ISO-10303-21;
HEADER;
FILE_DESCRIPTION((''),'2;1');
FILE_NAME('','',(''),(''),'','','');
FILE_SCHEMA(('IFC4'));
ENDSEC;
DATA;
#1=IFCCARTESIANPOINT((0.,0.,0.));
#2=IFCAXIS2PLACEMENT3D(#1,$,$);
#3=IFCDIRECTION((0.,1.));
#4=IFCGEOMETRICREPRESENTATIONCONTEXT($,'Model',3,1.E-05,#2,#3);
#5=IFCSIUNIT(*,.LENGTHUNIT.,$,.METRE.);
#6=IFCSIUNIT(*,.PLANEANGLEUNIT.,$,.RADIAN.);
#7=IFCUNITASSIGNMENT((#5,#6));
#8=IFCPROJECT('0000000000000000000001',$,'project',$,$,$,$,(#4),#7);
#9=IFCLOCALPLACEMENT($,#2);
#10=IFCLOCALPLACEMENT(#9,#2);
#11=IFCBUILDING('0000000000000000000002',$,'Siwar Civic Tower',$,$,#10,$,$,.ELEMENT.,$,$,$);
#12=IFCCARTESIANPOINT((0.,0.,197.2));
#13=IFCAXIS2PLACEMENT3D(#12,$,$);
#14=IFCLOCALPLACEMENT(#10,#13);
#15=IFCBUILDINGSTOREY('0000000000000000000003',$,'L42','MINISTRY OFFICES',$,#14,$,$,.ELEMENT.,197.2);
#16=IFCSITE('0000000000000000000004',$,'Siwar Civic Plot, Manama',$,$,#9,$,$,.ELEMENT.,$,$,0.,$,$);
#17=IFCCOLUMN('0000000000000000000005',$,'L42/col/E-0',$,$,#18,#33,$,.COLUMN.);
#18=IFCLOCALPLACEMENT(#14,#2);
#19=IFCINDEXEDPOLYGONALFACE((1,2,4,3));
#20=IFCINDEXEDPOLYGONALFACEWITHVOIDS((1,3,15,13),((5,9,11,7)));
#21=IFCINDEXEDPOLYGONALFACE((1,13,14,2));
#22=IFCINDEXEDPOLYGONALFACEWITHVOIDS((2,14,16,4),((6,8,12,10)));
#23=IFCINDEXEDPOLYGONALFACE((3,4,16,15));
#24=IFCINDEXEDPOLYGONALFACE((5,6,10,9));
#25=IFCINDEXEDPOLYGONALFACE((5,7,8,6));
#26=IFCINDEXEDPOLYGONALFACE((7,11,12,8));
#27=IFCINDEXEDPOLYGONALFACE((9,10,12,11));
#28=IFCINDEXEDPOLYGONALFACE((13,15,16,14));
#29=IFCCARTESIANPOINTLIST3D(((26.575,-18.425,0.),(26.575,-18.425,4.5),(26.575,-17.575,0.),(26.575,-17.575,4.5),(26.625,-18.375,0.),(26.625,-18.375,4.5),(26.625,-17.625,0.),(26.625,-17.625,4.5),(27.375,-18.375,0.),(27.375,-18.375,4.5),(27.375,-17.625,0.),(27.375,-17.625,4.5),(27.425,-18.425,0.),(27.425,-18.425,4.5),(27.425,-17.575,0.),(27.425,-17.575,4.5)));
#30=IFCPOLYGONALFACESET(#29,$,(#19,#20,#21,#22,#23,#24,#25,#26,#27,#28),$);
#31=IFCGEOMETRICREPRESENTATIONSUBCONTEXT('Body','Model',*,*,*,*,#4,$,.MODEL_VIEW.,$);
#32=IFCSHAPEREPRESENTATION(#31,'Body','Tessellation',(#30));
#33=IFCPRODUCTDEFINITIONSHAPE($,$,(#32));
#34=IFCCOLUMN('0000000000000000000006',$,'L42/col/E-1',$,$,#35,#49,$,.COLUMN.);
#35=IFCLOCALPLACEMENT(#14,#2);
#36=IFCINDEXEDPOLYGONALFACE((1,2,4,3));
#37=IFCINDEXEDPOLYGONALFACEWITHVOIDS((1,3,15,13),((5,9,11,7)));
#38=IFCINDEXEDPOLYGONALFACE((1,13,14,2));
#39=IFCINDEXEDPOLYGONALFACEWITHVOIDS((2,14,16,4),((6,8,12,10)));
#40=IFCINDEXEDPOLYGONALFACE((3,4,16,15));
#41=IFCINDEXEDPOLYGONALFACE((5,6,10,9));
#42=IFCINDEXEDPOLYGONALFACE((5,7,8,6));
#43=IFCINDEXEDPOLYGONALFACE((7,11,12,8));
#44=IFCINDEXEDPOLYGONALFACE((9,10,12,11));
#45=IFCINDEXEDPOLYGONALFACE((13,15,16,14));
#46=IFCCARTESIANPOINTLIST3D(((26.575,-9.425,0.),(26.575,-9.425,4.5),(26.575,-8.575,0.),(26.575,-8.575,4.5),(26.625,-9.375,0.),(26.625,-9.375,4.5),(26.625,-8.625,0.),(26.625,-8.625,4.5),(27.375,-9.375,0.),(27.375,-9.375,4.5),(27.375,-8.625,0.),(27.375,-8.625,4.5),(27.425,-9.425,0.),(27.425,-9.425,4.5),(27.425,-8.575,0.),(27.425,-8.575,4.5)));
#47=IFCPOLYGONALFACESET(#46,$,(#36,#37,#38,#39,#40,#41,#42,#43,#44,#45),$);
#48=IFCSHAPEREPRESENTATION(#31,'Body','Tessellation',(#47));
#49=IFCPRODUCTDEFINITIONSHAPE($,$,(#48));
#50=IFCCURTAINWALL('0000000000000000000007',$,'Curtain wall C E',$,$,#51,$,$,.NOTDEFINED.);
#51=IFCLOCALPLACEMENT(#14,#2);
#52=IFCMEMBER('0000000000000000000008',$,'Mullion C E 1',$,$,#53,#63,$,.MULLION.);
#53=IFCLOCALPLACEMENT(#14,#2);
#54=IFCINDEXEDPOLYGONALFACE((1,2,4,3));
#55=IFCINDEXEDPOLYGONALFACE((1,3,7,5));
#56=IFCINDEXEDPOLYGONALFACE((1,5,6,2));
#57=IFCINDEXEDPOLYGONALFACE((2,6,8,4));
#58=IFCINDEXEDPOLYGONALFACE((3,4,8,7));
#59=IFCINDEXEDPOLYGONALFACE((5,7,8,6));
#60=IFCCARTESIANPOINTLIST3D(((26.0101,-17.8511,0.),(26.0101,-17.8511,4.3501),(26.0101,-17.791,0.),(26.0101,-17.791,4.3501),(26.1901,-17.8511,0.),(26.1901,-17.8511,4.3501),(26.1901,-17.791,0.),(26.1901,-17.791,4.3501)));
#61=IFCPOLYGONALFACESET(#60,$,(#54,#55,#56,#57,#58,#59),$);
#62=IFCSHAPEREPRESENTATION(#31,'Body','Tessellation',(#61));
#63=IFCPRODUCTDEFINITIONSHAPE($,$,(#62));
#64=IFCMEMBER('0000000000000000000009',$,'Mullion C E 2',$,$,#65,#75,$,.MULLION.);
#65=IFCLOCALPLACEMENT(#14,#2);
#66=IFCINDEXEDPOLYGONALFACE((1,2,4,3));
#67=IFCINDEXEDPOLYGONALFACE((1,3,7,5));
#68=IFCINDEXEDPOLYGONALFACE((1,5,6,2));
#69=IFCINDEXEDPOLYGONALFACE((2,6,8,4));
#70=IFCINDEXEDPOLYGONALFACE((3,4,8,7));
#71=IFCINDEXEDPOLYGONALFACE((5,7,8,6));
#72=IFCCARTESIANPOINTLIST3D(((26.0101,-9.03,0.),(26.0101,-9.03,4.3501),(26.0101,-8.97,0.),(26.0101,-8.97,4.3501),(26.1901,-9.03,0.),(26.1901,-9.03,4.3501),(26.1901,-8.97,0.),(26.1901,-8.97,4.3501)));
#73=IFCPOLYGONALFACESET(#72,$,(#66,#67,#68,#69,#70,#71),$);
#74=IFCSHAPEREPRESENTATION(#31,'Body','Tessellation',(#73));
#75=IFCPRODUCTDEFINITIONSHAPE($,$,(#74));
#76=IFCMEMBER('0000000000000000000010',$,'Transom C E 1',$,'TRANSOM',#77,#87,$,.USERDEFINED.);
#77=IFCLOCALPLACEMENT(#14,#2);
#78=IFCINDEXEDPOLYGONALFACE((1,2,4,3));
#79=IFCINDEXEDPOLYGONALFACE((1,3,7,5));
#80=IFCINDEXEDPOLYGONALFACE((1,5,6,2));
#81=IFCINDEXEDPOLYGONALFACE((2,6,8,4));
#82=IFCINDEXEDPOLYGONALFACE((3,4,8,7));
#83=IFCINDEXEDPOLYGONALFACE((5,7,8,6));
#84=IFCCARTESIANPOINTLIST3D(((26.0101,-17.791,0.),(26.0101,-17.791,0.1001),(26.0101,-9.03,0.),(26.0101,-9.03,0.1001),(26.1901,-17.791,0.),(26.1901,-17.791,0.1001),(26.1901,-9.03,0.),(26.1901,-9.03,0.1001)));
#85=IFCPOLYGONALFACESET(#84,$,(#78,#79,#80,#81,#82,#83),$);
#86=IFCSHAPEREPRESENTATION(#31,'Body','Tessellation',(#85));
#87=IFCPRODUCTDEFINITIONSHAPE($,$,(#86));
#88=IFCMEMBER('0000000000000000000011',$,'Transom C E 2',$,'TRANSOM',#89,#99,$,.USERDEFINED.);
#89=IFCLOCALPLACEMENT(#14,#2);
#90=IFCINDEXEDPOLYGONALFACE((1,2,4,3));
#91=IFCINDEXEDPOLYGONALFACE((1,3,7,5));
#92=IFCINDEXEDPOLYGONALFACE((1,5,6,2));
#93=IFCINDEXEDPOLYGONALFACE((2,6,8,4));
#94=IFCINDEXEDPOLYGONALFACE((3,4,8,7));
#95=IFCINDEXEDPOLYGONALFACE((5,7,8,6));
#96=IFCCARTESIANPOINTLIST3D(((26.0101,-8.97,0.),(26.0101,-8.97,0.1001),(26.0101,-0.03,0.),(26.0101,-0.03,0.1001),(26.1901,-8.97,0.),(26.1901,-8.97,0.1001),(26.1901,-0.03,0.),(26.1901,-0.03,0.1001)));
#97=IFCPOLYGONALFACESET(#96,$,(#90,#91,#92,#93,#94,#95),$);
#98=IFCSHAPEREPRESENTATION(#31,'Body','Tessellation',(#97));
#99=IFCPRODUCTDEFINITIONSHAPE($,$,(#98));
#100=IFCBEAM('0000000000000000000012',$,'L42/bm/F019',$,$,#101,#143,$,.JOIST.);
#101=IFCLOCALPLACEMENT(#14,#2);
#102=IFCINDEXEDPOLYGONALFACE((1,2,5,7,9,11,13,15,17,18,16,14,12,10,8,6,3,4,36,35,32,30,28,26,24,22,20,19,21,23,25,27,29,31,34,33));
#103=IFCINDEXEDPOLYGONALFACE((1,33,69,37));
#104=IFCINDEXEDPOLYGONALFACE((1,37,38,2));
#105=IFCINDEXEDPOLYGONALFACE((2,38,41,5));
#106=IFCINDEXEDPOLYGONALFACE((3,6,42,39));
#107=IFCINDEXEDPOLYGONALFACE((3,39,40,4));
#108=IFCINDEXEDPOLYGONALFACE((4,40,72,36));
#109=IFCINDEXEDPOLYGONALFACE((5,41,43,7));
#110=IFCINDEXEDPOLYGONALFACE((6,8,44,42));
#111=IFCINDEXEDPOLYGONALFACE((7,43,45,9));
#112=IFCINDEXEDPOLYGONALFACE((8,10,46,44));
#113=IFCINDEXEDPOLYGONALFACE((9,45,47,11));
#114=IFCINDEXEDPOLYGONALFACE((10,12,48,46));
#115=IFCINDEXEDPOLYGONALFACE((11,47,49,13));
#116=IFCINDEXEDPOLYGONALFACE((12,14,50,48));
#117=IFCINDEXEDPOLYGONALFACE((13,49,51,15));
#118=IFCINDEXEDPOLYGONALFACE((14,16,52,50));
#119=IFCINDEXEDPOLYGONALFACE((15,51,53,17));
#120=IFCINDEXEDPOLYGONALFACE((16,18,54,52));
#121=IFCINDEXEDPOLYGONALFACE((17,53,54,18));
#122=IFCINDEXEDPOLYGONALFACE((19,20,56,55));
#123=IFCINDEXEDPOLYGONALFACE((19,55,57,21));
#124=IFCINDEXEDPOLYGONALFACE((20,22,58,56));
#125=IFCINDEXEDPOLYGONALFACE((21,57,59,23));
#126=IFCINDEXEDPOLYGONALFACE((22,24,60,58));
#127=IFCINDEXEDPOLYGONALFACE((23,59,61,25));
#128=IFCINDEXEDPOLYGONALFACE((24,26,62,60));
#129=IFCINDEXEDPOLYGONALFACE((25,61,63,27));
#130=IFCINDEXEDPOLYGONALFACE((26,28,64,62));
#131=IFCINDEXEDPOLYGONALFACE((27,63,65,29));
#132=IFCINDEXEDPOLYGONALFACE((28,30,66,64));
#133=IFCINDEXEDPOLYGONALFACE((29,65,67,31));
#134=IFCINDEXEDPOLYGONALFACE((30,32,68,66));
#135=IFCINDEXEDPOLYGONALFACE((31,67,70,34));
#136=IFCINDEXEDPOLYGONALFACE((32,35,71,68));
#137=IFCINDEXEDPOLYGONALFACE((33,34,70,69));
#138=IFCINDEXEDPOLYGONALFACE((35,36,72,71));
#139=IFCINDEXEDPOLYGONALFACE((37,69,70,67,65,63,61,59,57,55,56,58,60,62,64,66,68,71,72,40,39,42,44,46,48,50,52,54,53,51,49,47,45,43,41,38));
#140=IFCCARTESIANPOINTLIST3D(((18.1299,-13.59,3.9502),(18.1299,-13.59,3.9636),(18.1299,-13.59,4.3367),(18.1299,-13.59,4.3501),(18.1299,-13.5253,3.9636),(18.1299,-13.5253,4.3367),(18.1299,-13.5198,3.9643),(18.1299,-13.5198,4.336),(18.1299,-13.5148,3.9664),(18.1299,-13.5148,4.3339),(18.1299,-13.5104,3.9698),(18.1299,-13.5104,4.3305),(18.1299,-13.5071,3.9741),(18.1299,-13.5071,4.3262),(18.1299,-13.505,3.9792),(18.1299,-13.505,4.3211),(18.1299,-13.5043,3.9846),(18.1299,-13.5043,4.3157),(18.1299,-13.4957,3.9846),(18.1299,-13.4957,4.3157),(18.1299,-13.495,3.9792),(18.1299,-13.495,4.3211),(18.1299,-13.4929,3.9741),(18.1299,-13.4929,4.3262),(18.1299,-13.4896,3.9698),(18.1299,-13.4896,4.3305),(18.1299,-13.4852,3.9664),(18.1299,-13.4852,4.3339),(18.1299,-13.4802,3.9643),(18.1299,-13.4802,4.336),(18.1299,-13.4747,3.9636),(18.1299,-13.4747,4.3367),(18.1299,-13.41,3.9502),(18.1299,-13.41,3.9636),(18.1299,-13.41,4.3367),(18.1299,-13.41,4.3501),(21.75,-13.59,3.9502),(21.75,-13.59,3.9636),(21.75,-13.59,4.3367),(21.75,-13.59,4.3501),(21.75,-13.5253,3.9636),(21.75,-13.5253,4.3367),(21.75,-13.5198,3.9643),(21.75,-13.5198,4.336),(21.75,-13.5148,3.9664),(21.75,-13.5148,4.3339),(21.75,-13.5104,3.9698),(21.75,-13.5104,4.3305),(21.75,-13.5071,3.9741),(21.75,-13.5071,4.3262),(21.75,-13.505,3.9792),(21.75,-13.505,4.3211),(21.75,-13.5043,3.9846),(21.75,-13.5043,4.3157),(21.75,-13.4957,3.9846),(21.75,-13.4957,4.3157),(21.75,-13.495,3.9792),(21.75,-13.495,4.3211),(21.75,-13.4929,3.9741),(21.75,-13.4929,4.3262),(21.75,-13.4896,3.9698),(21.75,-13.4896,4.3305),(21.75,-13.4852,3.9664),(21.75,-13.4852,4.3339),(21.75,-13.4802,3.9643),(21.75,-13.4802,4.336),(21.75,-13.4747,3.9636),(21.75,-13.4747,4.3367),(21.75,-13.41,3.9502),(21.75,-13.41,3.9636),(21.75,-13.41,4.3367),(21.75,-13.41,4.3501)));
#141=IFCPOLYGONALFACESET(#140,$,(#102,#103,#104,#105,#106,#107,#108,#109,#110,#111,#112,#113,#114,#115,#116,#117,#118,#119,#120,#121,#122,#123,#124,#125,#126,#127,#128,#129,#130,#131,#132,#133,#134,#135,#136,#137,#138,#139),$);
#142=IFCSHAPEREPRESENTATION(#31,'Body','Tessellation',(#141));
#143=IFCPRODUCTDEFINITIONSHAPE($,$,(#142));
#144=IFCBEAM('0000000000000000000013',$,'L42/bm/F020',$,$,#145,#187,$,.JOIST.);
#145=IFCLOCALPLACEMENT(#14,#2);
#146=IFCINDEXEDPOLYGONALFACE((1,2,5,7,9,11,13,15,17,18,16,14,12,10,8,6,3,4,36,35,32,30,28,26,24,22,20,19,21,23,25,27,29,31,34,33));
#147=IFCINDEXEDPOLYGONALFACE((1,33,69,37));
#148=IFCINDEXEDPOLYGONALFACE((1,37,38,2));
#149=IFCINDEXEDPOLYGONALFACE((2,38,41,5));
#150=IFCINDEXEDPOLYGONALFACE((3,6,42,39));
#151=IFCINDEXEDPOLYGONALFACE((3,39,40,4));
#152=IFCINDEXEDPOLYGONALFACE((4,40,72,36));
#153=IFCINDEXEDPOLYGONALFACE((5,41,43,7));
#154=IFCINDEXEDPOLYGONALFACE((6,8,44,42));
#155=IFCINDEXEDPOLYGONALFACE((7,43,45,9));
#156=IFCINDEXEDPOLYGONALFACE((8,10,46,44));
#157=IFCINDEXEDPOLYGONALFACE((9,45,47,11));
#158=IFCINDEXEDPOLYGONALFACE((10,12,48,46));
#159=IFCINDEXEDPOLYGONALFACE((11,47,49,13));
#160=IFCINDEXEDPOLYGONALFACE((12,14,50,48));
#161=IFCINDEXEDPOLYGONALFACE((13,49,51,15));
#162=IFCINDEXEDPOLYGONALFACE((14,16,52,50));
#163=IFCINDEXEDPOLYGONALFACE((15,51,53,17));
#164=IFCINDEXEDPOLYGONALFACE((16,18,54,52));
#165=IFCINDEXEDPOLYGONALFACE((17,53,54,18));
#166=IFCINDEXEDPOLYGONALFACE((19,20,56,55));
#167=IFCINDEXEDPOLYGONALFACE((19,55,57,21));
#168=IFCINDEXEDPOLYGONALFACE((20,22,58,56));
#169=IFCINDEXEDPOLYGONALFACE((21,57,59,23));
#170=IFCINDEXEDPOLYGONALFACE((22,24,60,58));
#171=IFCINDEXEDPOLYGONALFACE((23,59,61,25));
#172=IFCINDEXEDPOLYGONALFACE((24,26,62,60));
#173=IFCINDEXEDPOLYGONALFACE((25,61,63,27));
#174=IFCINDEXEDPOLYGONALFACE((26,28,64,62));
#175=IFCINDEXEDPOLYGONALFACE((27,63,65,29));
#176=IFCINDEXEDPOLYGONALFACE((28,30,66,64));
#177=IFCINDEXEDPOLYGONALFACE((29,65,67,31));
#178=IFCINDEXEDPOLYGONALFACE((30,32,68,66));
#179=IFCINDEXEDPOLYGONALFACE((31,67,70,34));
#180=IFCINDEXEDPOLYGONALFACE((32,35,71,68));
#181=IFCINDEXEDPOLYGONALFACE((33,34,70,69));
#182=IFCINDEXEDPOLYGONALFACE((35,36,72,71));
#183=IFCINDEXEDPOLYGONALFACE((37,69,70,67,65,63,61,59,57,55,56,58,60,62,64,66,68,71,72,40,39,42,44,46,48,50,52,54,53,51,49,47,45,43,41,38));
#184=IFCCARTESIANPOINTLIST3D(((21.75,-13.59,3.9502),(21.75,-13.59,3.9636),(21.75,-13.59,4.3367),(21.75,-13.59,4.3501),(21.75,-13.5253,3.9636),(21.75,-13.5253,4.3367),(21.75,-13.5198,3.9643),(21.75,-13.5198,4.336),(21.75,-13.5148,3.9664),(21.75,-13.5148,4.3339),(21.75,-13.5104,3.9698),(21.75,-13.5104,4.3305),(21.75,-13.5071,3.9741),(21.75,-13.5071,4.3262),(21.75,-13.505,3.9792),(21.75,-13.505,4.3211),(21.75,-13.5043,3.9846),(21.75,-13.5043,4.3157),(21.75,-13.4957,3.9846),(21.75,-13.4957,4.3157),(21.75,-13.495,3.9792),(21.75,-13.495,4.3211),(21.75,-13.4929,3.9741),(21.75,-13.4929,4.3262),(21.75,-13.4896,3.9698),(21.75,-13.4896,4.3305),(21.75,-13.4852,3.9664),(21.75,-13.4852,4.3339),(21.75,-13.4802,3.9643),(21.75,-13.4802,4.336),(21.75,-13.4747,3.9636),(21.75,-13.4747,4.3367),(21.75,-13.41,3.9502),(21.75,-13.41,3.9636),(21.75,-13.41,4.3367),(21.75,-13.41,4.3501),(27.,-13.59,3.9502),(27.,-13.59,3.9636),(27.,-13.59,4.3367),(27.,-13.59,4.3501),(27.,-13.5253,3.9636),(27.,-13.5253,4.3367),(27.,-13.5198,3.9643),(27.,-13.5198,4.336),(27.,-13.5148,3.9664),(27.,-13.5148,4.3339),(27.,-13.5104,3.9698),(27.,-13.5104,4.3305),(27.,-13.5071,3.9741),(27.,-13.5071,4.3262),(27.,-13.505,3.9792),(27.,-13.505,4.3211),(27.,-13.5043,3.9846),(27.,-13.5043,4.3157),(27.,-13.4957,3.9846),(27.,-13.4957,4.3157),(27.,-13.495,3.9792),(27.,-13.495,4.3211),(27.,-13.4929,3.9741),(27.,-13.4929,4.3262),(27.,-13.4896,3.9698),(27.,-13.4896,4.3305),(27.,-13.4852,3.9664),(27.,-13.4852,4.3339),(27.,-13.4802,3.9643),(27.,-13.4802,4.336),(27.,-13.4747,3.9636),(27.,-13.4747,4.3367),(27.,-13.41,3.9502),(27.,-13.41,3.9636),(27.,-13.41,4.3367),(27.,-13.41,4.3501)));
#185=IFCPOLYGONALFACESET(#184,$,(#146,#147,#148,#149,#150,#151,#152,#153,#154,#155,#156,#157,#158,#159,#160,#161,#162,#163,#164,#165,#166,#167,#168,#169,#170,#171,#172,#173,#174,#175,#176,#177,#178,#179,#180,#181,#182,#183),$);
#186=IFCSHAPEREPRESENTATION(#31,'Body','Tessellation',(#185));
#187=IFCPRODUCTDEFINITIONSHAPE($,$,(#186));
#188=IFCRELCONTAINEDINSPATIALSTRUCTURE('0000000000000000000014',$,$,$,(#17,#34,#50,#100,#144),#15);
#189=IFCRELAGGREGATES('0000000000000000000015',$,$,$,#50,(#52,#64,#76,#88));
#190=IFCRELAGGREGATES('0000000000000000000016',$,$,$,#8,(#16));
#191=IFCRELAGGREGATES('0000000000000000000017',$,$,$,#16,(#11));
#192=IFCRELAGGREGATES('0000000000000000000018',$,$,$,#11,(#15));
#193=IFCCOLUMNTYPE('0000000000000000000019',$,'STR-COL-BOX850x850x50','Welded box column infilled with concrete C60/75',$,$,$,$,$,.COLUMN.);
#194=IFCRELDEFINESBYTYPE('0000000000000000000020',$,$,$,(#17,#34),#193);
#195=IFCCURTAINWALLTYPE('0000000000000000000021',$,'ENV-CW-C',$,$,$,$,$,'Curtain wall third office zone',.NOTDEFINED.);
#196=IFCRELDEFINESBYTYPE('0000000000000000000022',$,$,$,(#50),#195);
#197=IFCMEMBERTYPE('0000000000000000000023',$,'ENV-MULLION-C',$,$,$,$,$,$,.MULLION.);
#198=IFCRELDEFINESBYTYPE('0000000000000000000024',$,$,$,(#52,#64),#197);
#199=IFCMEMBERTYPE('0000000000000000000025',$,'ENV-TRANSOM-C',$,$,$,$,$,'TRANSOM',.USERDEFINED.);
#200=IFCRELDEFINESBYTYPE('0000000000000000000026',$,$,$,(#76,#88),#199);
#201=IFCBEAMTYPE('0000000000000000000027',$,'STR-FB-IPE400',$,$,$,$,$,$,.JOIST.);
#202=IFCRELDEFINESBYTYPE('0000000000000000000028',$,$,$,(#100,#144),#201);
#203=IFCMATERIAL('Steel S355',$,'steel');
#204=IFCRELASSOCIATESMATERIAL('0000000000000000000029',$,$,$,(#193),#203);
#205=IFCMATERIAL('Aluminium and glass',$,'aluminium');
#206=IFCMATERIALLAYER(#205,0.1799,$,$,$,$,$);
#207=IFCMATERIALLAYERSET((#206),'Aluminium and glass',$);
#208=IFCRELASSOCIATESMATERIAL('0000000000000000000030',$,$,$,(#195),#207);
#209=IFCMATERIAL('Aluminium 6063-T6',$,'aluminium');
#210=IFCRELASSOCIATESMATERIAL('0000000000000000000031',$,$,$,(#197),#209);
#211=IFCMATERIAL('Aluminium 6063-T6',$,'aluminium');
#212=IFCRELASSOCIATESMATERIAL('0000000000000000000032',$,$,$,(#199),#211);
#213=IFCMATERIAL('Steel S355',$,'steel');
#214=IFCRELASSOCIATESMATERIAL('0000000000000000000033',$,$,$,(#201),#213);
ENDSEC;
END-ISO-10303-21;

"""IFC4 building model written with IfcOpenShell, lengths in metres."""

from ifc_helpers import new_model, si_unit, direction, frame, origin, origin_2d, place, context, subcontext, project, spatial, rectangle, hollow_rectangle, i_section, extrude, material, layer, layer_set, material_profile, profile_set, type_object, element, aggregate, save


model = new_model("IFC4")

# Units and contexts
model_context = context("Model", 3, precision=1e-05, world=origin(), true_north=direction((0.0, 1.0)))
body_context = subcontext(model_context, "Body", "Model", "MODEL_VIEW")
ifc_project = project(units=[si_unit("LENGTHUNIT", "METRE"), si_unit("PLANEANGLEUNIT", "RADIAN")], contexts=[model_context])

# Site, building, storey
site_placement = place(None, origin())
site = spatial("IfcSite", under=ifc_project, at=site_placement, Name="Siwar Civic Plot, Manama", CompositionType="ELEMENT", RefElevation=0.0)
building_placement = place(site_placement, origin())
building = spatial("IfcBuilding", under=site, at=building_placement, Name="Siwar Civic Tower", CompositionType="ELEMENT")
storey_placement = place(building_placement, frame((0.0, 0.0, 197.2)))
storey = spatial("IfcBuildingStorey", under=building, at=storey_placement, Name="L42", Description="MINISTRY OFFICES", CompositionType="ELEMENT", Elevation=197.2)

# Columns
ifc_material_1 = material(Name="Steel S355", Category="steel")
ifc_material_profile_1 = material_profile(ifc_material_1, hollow_rectangle(XDim=0.8501, YDim=0.8501, WallThickness=0.05, at=origin_2d()), Name="BOX850x850x50")
ifc_profile_set_1 = profile_set([ifc_material_profile_1], Name="Steel S355")
column_type = type_object("IfcColumnType", Name="STR-COL-BOX850x850x50", Description="Welded box column infilled with concrete C60/75", PredefinedType="COLUMN", material=ifc_profile_set_1)
for number, where, z_axis, x_axis, name in (
    (1, (27.0, -18.0, 0.0), (0.0, 0.0, 1.0), (1.0, 0.0, 0.0), "L42/col/E-0"),
    (2, (27.0, -9.0, 0.0), (0.0, 0.0, 1.0), (1.0, 0.0, 0.0), "L42/col/E-1"),
):
    element("IfcColumn", number, at=place(storey_placement, frame(where, z_axis=z_axis, x_axis=x_axis)), inside=storey, type_object=column_type, Name=name, PredefinedType="COLUMN", context=body_context, shape_type="SweptSolid", body=[
        extrude(hollow_rectangle(XDim=0.8501, YDim=0.8501, WallThickness=0.05, at=origin_2d()), origin(), (0.0, 0.0, 1.0), 4.5),
    ])

# Curtain wall, members
ifc_material_2 = material(Name="Aluminium and glass", Category="aluminium")
ifc_layer_1 = layer(ifc_material_2, 0.1799)
ifc_layer_set_1 = layer_set([ifc_layer_1], Name="Aluminium and glass")
curtain_wall_type = type_object("IfcCurtainWallType", Name="ENV-CW-C", ElementType="Curtain wall third office zone", PredefinedType="NOTDEFINED", material=ifc_layer_set_1)
curtain_wall_placement = place(storey_placement, origin())
curtain_wall = element("IfcCurtainWall", 3, at=curtain_wall_placement, inside=storey, type_object=curtain_wall_type, Name="Curtain wall C E", PredefinedType="NOTDEFINED")
ifc_material_3 = material(Name="Aluminium 6063-T6", Category="aluminium")
ifc_material_profile_2 = material_profile(ifc_material_3, rectangle(XDim=0.1799, YDim=0.0601, at=origin_2d()), Name="AL 180x60")
ifc_profile_set_2 = profile_set([ifc_material_profile_2], Name="Aluminium 6063-T6")
member_type_1 = type_object("IfcMemberType", Name="ENV-MULLION-C", PredefinedType="MULLION", material=ifc_profile_set_2)
member_1_placement = place(storey_placement, frame((26.1001, -17.821, 0.0), z_axis=(0.0, 0.0, 1.0), x_axis=(-1.0, 0.0, 0.0)))
member_1 = element("IfcMember", 4, at=member_1_placement, type_object=member_type_1, Name="Mullion C E 1", PredefinedType="MULLION", context=body_context, shape_type="SweptSolid", body=[
    extrude(rectangle(XDim=0.1799, YDim=0.0601, at=origin_2d()), origin(), (0.0, 0.0, 1.0), 4.3501),
])
member_2_placement = place(storey_placement, frame((26.1001, -9.0, 0.0), z_axis=(0.0, 0.0, 1.0), x_axis=(-1.0, 0.0, 0.0)))
member_2 = element("IfcMember", 5, at=member_2_placement, type_object=member_type_1, Name="Mullion C E 2", PredefinedType="MULLION", context=body_context, shape_type="SweptSolid", body=[
    extrude(rectangle(XDim=0.1799, YDim=0.0601, at=origin_2d()), origin(), (0.0, 0.0, 1.0), 4.3501),
])
ifc_material_4 = material(Name="Aluminium 6063-T6", Category="aluminium")
ifc_material_profile_3 = material_profile(ifc_material_4, rectangle(XDim=0.1799, YDim=0.1001, at=origin_2d()), Name="AL 180x100")
ifc_profile_set_3 = profile_set([ifc_material_profile_3], Name="Aluminium 6063-T6")
member_type_2 = type_object("IfcMemberType", Name="ENV-TRANSOM-C", ElementType="TRANSOM", PredefinedType="USERDEFINED", material=ifc_profile_set_3)
member_3_placement = place(storey_placement, frame((26.1001, -17.791, 0.05), z_axis=(0.0, 1.0, 0.0), x_axis=(-1.0, 0.0, 0.0)))
member_3 = element("IfcMember", 6, at=member_3_placement, type_object=member_type_2, Name="Transom C E 1", ObjectType="TRANSOM", PredefinedType="USERDEFINED", context=body_context, shape_type="SweptSolid", body=[
    extrude(rectangle(XDim=0.1799, YDim=0.1001, at=origin_2d()), origin(), (0.0, 0.0, 1.0), 8.761),
])
member_4_placement = place(storey_placement, frame((26.1001, -8.97, 0.05), z_axis=(0.0, 1.0, 0.0), x_axis=(-1.0, 0.0, 0.0)))
member_4 = element("IfcMember", 7, at=member_4_placement, type_object=member_type_2, Name="Transom C E 2", ObjectType="TRANSOM", PredefinedType="USERDEFINED", context=body_context, shape_type="SweptSolid", body=[
    extrude(rectangle(XDim=0.1799, YDim=0.1001, at=origin_2d()), origin(), (0.0, 0.0, 1.0), 8.9399),
])

# Beams
ifc_material_5 = material(Name="Steel S355", Category="steel")
ifc_material_profile_4 = material_profile(ifc_material_5, i_section(OverallWidth=0.1799, OverallDepth=0.3999, WebThickness=0.0085, FlangeThickness=0.0134, FilletRadius=0.021, at=origin_2d()), Name="IPE400")
ifc_profile_set_4 = profile_set([ifc_material_profile_4], Name="Steel S355")
beam_type_1 = type_object("IfcBeamType", Name="STR-FB-IPE400", PredefinedType="JOIST", material=ifc_profile_set_4)
beam_placement = place(storey_placement, frame((18.1299, -13.5, 4.1501), z_axis=(1.0, 0.0, 0.0), x_axis=(0.0, 1.0, 0.0)))
element("IfcBeam", 8, at=beam_placement, inside=storey, type_object=beam_type_1, Name="L42/bm/F019", PredefinedType="JOIST", context=body_context, shape_type="SweptSolid", body=[
    extrude(i_section(OverallWidth=0.1799, OverallDepth=0.3999, WebThickness=0.0085, FlangeThickness=0.0134, FilletRadius=0.021, at=origin_2d()), origin(), (0.0, 0.0, 1.0), 3.6201),
])
for number, where, z_axis, x_axis, name in (
    (9, (21.75, -13.5, 4.1501), (1.0, 0.0, 0.0), (0.0, 1.0, 0.0), "L42/bm/F020"),
):
    element("IfcBeam", number, at=place(storey_placement, frame(where, z_axis=z_axis, x_axis=x_axis)), inside=storey, type_object=beam_type_1, Name=name, PredefinedType="JOIST", context=body_context, shape_type="SweptSolid", body=[
        extrude(i_section(OverallWidth=0.1799, OverallDepth=0.3999, WebThickness=0.0085, FlangeThickness=0.0134, FilletRadius=0.021, at=origin_2d()), origin(), (0.0, 0.0, 1.0), 5.25),
    ])

aggregate(curtain_wall, [member_1, member_2, member_3, member_4])

save(model, "model.ifc")
